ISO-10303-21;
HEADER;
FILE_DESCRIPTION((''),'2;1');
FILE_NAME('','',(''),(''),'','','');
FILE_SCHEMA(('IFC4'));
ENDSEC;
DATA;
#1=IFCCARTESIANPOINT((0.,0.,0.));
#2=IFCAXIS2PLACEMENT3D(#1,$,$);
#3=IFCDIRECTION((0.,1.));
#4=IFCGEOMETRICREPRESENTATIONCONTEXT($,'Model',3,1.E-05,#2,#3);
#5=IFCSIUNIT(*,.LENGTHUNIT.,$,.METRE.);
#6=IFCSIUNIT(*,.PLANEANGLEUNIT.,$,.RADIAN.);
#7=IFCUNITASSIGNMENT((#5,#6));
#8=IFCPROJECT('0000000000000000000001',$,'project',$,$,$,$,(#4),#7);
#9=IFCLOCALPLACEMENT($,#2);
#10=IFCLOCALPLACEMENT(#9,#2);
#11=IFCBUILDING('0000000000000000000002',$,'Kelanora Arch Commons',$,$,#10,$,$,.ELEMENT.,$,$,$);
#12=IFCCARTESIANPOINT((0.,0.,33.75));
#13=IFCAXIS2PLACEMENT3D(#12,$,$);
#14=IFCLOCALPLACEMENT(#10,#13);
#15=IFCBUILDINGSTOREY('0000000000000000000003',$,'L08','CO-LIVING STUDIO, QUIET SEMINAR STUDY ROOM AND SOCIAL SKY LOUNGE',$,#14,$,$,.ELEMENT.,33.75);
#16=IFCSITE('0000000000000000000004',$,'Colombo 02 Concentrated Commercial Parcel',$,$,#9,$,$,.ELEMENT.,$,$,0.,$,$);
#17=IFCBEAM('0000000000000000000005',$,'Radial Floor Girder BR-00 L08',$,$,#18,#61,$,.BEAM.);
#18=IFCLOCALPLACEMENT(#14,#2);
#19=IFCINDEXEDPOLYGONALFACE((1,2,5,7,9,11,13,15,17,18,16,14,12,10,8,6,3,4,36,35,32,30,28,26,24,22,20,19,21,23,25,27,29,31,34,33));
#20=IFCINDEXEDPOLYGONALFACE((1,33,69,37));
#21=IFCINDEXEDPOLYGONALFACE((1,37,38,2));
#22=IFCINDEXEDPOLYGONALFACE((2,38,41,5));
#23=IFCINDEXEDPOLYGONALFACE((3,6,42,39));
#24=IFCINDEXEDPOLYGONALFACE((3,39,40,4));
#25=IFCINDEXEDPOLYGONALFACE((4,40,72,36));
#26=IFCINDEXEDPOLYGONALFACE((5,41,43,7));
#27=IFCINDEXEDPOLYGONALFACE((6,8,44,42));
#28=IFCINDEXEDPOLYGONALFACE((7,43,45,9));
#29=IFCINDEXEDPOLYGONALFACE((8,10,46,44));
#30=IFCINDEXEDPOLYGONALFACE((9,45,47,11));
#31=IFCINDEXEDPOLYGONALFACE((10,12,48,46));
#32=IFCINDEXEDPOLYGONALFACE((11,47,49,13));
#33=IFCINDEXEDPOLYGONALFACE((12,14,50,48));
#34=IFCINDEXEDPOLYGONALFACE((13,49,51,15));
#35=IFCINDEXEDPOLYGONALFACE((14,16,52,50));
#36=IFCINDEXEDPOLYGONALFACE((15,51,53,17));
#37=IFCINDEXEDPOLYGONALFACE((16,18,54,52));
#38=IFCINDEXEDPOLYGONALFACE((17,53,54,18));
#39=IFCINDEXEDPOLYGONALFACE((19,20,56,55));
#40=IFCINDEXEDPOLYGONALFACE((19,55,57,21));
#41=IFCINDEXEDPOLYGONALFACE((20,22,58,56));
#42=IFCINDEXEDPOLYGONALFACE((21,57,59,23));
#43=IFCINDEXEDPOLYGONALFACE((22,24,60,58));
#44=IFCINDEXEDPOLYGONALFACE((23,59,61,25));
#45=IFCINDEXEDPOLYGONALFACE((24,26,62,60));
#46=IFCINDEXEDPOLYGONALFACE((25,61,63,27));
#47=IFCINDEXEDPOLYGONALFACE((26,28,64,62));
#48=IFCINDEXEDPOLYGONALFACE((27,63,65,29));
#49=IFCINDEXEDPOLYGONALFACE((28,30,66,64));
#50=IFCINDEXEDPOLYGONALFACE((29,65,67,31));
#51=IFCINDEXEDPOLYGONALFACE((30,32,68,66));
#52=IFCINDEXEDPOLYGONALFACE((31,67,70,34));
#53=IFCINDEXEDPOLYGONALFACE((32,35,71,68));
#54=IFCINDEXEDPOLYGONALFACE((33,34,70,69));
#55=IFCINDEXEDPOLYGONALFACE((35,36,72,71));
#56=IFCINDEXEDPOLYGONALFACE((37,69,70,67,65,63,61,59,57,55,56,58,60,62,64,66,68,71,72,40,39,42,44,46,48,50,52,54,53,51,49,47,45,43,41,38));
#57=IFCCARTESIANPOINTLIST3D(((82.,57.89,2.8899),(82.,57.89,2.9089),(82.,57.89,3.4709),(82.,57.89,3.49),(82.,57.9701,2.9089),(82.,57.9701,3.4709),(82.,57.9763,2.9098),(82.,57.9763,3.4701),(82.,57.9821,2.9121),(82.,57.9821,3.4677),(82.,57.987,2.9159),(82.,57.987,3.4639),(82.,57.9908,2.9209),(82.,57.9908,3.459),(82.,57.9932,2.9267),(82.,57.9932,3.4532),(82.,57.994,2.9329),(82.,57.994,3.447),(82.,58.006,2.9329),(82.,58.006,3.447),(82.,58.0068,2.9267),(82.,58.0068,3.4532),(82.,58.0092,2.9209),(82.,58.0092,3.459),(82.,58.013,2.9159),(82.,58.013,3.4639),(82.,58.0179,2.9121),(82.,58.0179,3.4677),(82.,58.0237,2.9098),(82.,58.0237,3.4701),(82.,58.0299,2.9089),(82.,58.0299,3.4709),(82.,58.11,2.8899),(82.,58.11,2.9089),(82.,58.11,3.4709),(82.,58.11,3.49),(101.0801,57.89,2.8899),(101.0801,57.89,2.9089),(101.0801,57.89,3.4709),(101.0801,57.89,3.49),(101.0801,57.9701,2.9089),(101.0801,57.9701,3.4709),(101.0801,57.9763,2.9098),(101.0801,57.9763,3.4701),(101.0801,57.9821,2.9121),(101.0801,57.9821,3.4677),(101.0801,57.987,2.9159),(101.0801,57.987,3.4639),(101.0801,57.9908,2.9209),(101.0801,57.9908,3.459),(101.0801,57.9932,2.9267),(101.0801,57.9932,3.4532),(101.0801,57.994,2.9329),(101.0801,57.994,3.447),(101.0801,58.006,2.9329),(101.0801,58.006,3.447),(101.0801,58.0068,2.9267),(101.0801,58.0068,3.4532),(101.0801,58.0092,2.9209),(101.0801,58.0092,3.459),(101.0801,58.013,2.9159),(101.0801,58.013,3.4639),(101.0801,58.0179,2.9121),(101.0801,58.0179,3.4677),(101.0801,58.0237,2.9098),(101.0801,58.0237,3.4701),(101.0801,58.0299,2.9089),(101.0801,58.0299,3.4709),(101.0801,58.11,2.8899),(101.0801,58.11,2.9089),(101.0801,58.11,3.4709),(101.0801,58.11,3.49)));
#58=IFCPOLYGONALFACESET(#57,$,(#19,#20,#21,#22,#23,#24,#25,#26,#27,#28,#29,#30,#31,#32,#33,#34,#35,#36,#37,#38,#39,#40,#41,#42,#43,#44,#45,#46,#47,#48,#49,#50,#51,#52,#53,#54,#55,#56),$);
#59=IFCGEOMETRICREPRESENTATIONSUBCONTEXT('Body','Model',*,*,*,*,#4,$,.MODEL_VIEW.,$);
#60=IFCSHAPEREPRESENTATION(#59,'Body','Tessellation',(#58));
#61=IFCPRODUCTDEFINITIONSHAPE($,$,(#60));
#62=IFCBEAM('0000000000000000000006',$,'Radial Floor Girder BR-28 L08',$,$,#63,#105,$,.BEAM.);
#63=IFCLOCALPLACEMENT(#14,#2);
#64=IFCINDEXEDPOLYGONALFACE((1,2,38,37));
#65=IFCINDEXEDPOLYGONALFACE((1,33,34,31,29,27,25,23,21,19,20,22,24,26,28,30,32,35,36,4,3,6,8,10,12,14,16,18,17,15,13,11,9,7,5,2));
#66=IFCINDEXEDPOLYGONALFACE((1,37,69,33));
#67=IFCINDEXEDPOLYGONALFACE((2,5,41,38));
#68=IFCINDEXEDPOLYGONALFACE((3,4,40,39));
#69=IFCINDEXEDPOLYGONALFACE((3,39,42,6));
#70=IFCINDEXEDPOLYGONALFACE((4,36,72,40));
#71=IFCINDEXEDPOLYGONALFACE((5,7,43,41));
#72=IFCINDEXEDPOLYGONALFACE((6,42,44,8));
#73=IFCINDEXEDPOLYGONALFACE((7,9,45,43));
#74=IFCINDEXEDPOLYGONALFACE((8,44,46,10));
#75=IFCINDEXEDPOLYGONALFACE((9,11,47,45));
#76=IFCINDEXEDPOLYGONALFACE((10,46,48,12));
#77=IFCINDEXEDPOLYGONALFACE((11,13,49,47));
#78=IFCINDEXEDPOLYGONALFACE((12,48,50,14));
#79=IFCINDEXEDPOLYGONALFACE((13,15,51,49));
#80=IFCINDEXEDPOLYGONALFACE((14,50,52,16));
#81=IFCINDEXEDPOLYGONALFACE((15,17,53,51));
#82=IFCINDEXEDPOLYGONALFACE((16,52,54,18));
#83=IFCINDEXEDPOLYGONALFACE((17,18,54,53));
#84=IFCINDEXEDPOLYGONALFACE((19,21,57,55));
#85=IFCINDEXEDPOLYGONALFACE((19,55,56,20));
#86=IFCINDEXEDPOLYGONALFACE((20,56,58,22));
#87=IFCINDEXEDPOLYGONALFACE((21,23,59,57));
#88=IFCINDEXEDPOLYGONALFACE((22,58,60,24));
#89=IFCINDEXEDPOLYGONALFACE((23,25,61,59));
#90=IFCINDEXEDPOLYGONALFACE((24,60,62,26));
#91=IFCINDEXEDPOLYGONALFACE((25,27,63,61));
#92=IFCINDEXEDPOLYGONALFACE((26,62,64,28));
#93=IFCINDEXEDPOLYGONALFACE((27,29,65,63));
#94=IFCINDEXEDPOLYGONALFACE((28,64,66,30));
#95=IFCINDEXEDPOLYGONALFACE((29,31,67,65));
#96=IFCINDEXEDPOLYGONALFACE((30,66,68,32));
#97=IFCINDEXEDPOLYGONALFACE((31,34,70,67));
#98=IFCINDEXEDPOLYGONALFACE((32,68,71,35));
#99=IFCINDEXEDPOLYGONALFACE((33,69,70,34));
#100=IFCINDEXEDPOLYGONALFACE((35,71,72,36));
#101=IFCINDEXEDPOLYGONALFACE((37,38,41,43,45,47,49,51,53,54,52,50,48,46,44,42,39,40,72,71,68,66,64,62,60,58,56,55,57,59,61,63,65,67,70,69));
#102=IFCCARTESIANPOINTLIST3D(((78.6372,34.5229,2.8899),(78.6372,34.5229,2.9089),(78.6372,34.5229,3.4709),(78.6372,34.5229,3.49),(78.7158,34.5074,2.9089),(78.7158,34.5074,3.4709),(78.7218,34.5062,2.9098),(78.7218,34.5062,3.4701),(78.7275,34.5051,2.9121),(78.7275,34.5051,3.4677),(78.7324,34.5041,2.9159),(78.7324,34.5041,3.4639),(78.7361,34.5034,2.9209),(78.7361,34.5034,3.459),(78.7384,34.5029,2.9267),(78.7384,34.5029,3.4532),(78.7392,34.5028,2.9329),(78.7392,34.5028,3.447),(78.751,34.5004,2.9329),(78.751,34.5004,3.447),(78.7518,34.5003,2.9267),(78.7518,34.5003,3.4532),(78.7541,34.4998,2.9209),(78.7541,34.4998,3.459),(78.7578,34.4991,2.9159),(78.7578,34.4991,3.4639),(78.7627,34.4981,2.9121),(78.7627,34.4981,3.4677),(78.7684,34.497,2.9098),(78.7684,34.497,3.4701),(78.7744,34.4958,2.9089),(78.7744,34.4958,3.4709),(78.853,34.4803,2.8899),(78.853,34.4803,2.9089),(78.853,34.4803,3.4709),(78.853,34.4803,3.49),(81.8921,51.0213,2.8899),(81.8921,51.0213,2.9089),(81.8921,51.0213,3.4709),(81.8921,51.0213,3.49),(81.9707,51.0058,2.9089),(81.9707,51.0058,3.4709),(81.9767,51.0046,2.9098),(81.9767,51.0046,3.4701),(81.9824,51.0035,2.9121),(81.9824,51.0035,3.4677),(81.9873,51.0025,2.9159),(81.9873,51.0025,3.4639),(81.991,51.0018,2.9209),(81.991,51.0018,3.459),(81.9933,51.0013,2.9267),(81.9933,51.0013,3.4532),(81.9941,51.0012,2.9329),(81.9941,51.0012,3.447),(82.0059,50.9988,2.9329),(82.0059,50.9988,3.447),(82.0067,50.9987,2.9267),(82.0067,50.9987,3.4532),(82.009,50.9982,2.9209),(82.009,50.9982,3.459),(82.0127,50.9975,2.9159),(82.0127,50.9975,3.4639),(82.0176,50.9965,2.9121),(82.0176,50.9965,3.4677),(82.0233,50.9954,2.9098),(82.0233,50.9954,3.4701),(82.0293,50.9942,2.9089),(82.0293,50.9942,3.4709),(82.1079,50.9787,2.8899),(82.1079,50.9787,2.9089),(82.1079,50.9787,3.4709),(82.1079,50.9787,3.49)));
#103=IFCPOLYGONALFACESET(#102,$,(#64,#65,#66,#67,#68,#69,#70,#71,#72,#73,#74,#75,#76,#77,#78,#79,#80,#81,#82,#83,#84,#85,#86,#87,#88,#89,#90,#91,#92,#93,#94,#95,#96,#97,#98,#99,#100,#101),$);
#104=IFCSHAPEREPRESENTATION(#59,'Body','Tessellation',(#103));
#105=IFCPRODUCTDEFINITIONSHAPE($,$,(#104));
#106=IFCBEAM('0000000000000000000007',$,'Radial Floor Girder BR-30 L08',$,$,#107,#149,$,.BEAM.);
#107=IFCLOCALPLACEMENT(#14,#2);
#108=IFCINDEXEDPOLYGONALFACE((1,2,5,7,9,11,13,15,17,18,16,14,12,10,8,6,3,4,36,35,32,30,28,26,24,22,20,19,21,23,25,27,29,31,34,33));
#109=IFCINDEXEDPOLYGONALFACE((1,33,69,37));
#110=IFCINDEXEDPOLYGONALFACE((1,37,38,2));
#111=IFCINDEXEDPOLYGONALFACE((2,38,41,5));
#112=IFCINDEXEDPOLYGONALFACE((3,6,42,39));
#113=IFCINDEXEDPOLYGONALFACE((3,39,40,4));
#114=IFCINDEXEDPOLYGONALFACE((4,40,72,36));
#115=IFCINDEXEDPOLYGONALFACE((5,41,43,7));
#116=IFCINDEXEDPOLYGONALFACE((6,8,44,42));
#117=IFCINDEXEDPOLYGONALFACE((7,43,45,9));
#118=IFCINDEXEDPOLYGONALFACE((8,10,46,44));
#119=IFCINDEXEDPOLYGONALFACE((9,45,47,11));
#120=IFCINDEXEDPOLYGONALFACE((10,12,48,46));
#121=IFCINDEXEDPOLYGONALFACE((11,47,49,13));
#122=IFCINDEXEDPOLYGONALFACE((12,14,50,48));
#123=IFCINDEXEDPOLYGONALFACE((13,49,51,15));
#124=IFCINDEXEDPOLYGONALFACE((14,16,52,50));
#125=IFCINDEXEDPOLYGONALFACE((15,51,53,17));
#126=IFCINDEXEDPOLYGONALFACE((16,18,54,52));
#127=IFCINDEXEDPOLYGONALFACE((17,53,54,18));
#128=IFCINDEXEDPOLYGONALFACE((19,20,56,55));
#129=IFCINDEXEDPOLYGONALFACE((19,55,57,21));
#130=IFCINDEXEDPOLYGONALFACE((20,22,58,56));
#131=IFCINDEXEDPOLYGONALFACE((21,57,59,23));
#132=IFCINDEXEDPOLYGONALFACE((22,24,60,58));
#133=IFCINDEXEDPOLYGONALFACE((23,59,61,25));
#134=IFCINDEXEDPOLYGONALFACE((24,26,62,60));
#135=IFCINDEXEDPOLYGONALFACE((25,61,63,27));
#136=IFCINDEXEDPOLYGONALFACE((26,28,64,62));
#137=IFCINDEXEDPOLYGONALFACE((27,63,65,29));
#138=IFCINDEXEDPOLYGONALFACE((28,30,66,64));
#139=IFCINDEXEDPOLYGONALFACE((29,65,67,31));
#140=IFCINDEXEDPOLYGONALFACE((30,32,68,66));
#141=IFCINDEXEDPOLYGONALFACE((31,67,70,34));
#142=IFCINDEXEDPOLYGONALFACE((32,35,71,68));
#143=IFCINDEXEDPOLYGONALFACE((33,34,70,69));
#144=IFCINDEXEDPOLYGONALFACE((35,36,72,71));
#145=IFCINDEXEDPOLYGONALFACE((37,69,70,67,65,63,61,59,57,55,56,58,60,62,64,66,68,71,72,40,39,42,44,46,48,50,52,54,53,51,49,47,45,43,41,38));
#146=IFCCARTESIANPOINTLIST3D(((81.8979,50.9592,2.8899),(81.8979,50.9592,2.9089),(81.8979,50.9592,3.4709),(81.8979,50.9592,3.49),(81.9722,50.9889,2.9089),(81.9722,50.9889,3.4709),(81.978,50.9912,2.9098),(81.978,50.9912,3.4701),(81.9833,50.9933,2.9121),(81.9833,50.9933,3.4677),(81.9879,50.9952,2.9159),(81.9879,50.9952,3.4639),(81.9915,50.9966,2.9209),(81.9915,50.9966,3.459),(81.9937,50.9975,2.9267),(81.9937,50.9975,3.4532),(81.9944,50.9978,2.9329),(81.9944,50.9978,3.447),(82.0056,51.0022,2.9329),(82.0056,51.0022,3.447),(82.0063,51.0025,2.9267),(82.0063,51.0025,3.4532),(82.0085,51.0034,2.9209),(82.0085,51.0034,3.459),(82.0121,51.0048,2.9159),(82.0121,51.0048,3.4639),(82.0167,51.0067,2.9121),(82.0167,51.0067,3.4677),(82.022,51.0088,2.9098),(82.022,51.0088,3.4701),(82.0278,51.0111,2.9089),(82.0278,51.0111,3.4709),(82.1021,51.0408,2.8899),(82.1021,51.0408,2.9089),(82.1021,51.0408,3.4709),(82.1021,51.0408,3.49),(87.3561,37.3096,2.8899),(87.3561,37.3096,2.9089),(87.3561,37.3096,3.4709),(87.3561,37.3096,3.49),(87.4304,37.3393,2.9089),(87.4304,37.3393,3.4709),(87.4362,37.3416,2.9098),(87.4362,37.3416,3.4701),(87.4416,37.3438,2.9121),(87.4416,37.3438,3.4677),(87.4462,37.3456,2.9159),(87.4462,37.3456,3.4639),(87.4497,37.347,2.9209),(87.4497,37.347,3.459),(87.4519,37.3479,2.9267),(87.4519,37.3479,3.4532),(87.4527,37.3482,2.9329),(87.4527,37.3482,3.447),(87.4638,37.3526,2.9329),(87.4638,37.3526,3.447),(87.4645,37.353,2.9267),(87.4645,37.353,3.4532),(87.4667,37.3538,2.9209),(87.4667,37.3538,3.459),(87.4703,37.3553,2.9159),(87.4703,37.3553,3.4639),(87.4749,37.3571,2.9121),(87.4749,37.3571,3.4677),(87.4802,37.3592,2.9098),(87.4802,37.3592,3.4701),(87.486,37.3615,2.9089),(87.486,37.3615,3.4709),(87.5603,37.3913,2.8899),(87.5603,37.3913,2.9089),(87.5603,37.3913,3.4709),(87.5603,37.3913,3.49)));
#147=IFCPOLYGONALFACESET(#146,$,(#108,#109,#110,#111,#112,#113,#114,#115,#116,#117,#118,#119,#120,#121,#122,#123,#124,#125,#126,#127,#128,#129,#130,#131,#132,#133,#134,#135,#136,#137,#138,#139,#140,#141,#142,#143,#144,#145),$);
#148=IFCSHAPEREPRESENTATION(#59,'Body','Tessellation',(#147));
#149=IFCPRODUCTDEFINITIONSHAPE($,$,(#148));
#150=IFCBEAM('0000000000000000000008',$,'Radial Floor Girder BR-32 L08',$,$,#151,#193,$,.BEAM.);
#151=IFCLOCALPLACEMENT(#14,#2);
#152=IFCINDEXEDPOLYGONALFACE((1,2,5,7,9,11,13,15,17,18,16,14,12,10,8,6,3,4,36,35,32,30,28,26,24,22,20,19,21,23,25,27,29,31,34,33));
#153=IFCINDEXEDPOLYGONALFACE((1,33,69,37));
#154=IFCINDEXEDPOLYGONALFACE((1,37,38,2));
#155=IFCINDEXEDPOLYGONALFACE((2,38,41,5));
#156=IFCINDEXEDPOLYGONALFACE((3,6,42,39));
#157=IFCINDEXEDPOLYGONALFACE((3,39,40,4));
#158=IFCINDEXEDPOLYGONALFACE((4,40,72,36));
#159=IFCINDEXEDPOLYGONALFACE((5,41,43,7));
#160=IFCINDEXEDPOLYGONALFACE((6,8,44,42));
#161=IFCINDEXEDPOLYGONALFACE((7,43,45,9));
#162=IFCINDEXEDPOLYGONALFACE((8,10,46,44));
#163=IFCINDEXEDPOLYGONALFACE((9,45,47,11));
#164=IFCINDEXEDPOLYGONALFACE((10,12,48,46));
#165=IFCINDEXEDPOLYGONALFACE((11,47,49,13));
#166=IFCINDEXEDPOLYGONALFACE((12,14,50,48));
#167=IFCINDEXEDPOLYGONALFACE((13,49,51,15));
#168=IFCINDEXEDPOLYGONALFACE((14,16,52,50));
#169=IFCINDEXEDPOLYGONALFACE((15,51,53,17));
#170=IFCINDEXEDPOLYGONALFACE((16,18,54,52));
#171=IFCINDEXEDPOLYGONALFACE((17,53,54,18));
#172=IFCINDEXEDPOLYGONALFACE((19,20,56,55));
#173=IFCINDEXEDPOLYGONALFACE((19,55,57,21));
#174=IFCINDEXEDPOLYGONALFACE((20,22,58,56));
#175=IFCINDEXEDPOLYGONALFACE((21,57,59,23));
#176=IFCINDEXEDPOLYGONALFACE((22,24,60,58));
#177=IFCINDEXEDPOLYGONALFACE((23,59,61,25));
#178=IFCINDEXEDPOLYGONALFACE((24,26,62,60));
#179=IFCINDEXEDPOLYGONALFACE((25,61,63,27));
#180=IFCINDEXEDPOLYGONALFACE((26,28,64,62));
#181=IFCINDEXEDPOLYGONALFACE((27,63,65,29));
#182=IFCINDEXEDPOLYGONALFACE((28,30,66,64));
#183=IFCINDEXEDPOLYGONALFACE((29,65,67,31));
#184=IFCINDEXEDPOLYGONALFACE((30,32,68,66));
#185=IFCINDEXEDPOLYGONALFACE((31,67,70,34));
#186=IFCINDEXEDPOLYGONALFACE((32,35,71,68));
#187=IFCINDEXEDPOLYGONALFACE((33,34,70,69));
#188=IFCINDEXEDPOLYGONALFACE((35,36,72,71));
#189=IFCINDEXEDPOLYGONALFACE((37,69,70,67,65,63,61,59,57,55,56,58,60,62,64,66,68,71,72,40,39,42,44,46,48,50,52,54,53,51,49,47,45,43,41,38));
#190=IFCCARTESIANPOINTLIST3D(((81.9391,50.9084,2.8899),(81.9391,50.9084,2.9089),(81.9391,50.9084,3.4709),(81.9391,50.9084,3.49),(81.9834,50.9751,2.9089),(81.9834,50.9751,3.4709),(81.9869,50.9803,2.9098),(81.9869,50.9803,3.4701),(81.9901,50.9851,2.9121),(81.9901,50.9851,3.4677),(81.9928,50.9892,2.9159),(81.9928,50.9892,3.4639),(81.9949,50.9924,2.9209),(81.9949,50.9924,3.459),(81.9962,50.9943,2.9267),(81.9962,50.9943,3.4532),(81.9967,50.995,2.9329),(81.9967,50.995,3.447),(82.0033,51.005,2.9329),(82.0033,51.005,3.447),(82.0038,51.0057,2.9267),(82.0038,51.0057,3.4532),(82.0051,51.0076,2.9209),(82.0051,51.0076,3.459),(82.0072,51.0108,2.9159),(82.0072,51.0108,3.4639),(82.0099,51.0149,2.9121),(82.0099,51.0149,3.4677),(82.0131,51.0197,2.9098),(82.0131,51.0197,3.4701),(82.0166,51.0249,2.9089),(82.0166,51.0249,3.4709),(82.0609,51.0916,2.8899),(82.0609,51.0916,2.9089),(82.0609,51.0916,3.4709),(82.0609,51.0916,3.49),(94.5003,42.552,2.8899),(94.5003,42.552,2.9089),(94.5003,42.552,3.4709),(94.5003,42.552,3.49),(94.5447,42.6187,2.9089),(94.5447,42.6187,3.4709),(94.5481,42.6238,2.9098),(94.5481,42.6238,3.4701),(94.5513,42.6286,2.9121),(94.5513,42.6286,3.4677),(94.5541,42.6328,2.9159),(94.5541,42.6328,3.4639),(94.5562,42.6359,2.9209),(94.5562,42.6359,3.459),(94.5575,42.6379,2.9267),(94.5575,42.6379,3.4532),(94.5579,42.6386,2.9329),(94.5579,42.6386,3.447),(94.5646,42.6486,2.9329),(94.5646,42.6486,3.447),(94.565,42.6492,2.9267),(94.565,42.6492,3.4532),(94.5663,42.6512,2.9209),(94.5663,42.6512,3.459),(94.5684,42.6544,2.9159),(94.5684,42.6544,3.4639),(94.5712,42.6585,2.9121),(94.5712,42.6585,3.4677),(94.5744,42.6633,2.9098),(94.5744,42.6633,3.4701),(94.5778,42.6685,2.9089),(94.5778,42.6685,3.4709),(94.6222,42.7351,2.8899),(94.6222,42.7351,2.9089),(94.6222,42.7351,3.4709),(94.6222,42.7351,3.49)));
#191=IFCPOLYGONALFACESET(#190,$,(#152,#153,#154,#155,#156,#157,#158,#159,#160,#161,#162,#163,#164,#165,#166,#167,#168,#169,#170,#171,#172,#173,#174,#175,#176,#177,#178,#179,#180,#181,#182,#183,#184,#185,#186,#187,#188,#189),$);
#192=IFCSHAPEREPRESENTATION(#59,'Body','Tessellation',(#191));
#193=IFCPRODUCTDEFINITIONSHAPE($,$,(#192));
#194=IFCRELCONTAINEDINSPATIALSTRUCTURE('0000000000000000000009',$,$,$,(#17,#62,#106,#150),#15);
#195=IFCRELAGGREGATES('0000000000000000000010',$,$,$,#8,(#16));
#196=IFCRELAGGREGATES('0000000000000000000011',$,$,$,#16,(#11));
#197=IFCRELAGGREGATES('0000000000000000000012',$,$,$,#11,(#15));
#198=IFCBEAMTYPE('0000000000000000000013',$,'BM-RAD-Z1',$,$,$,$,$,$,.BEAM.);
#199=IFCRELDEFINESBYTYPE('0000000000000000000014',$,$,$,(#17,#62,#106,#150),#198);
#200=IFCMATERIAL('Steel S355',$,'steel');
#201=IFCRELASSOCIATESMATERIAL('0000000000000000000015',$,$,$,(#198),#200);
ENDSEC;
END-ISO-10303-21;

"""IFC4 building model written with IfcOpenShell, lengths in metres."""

from ifc_helpers import new_model, si_unit, direction, frame, origin, origin_2d, place, context, subcontext, project, spatial, i_section, extrude, material, material_profile, profile_set, type_object, element, save


model = new_model("IFC4")

# Units and contexts
model_context = context("Model", 3, precision=1e-05, world=origin(), true_north=direction((0.0, 1.0)))
body_context = subcontext(model_context, "Body", "Model", "MODEL_VIEW")
ifc_project = project(units=[si_unit("LENGTHUNIT", "METRE"), si_unit("PLANEANGLEUNIT", "RADIAN")], contexts=[model_context])

# Site, building, storey
site_placement = place(None, origin())
site = spatial("IfcSite", under=ifc_project, at=site_placement, Name="Colombo 02 Concentrated Commercial Parcel", CompositionType="ELEMENT", RefElevation=0.0)
building_placement = place(site_placement, origin())
building = spatial("IfcBuilding", under=site, at=building_placement, Name="Kelanora Arch Commons", CompositionType="ELEMENT")
storey_placement = place(building_placement, frame((0.0, 0.0, 33.75)))
storey = spatial("IfcBuildingStorey", under=building, at=storey_placement, Name="L08", Description="CO-LIVING STUDIO, QUIET SEMINAR STUDY ROOM AND SOCIAL SKY LOUNGE", CompositionType="ELEMENT", Elevation=33.75)

# Beams
ifc_material_1 = material(Name="Steel S355", Category="steel")
ifc_material_profile_1 = material_profile(ifc_material_1, i_section(OverallWidth=0.22, OverallDepth=0.6001, WebThickness=0.012, FlangeThickness=0.019, FilletRadius=0.0239, at=origin_2d()), Name="IPE600")
ifc_profile_set_1 = profile_set([ifc_material_profile_1], Name="Steel S355")
beam_type_1 = type_object("IfcBeamType", Name="BM-RAD-Z1", PredefinedType="BEAM", material=ifc_profile_set_1)
beam_1_placement = place(storey_placement, frame((82.0, 58.0, 3.1899), z_axis=(1.0, 0.0, 0.0), x_axis=(0.0, 1.0, 0.0)))
element("IfcBeam", 1, at=beam_1_placement, inside=storey, type_object=beam_type_1, Name="Radial Floor Girder BR-00 L08", PredefinedType="BEAM", context=body_context, shape_type="SweptSolid", body=[
    extrude(i_section(OverallWidth=0.22, OverallDepth=0.6001, WebThickness=0.012, FlangeThickness=0.019, FilletRadius=0.0239, at=origin_2d()), origin(), (0.0, 0.0, 1.0), 19.0801),
])
beam_2_placement = place(storey_placement, frame((82.0, 51.0, 3.1899), z_axis=(-0.193555, -0.981089, 0.0), x_axis=(0.981089, -0.193555, 0.0)))
element("IfcBeam", 2, at=beam_2_placement, inside=storey, type_object=beam_type_1, Name="Radial Floor Girder BR-28 L08", PredefinedType="BEAM", context=body_context, shape_type="SweptSolid", body=[
    extrude(i_section(OverallWidth=0.22, OverallDepth=0.6001, WebThickness=0.012, FlangeThickness=0.019, FilletRadius=0.0239, at=origin_2d()), origin(), (0.0, 0.0, 1.0), 16.8164),
])
beam_3_placement = place(storey_placement, frame((82.0, 51.0, 3.1899), z_axis=(0.371296, -0.928514, 0.0), x_axis=(0.928514, 0.371296, 0.0)))
element("IfcBeam", 3, at=beam_3_placement, inside=storey, type_object=beam_type_1, Name="Radial Floor Girder BR-30 L08", PredefinedType="BEAM", context=body_context, shape_type="SweptSolid", body=[
    extrude(i_section(OverallWidth=0.22, OverallDepth=0.6001, WebThickness=0.012, FlangeThickness=0.019, FilletRadius=0.0239, at=origin_2d()), origin(), (0.0, 0.0, 1.0), 14.7004),
])
beam_4_placement = place(storey_placement, frame((82.0, 51.0, 3.1899), z_axis=(0.832593, -0.553886, 0.0), x_axis=(0.553886, 0.832593, 0.0)))
element("IfcBeam", 4, at=beam_4_placement, inside=storey, type_object=beam_type_1, Name="Radial Floor Girder BR-32 L08", PredefinedType="BEAM", context=body_context, shape_type="SweptSolid", body=[
    extrude(i_section(OverallWidth=0.22, OverallDepth=0.6001, WebThickness=0.012, FlangeThickness=0.019, FilletRadius=0.0239, at=origin_2d()), origin(), (0.0, 0.0, 1.0), 15.0869),
])

save(model, "model.ifc")
